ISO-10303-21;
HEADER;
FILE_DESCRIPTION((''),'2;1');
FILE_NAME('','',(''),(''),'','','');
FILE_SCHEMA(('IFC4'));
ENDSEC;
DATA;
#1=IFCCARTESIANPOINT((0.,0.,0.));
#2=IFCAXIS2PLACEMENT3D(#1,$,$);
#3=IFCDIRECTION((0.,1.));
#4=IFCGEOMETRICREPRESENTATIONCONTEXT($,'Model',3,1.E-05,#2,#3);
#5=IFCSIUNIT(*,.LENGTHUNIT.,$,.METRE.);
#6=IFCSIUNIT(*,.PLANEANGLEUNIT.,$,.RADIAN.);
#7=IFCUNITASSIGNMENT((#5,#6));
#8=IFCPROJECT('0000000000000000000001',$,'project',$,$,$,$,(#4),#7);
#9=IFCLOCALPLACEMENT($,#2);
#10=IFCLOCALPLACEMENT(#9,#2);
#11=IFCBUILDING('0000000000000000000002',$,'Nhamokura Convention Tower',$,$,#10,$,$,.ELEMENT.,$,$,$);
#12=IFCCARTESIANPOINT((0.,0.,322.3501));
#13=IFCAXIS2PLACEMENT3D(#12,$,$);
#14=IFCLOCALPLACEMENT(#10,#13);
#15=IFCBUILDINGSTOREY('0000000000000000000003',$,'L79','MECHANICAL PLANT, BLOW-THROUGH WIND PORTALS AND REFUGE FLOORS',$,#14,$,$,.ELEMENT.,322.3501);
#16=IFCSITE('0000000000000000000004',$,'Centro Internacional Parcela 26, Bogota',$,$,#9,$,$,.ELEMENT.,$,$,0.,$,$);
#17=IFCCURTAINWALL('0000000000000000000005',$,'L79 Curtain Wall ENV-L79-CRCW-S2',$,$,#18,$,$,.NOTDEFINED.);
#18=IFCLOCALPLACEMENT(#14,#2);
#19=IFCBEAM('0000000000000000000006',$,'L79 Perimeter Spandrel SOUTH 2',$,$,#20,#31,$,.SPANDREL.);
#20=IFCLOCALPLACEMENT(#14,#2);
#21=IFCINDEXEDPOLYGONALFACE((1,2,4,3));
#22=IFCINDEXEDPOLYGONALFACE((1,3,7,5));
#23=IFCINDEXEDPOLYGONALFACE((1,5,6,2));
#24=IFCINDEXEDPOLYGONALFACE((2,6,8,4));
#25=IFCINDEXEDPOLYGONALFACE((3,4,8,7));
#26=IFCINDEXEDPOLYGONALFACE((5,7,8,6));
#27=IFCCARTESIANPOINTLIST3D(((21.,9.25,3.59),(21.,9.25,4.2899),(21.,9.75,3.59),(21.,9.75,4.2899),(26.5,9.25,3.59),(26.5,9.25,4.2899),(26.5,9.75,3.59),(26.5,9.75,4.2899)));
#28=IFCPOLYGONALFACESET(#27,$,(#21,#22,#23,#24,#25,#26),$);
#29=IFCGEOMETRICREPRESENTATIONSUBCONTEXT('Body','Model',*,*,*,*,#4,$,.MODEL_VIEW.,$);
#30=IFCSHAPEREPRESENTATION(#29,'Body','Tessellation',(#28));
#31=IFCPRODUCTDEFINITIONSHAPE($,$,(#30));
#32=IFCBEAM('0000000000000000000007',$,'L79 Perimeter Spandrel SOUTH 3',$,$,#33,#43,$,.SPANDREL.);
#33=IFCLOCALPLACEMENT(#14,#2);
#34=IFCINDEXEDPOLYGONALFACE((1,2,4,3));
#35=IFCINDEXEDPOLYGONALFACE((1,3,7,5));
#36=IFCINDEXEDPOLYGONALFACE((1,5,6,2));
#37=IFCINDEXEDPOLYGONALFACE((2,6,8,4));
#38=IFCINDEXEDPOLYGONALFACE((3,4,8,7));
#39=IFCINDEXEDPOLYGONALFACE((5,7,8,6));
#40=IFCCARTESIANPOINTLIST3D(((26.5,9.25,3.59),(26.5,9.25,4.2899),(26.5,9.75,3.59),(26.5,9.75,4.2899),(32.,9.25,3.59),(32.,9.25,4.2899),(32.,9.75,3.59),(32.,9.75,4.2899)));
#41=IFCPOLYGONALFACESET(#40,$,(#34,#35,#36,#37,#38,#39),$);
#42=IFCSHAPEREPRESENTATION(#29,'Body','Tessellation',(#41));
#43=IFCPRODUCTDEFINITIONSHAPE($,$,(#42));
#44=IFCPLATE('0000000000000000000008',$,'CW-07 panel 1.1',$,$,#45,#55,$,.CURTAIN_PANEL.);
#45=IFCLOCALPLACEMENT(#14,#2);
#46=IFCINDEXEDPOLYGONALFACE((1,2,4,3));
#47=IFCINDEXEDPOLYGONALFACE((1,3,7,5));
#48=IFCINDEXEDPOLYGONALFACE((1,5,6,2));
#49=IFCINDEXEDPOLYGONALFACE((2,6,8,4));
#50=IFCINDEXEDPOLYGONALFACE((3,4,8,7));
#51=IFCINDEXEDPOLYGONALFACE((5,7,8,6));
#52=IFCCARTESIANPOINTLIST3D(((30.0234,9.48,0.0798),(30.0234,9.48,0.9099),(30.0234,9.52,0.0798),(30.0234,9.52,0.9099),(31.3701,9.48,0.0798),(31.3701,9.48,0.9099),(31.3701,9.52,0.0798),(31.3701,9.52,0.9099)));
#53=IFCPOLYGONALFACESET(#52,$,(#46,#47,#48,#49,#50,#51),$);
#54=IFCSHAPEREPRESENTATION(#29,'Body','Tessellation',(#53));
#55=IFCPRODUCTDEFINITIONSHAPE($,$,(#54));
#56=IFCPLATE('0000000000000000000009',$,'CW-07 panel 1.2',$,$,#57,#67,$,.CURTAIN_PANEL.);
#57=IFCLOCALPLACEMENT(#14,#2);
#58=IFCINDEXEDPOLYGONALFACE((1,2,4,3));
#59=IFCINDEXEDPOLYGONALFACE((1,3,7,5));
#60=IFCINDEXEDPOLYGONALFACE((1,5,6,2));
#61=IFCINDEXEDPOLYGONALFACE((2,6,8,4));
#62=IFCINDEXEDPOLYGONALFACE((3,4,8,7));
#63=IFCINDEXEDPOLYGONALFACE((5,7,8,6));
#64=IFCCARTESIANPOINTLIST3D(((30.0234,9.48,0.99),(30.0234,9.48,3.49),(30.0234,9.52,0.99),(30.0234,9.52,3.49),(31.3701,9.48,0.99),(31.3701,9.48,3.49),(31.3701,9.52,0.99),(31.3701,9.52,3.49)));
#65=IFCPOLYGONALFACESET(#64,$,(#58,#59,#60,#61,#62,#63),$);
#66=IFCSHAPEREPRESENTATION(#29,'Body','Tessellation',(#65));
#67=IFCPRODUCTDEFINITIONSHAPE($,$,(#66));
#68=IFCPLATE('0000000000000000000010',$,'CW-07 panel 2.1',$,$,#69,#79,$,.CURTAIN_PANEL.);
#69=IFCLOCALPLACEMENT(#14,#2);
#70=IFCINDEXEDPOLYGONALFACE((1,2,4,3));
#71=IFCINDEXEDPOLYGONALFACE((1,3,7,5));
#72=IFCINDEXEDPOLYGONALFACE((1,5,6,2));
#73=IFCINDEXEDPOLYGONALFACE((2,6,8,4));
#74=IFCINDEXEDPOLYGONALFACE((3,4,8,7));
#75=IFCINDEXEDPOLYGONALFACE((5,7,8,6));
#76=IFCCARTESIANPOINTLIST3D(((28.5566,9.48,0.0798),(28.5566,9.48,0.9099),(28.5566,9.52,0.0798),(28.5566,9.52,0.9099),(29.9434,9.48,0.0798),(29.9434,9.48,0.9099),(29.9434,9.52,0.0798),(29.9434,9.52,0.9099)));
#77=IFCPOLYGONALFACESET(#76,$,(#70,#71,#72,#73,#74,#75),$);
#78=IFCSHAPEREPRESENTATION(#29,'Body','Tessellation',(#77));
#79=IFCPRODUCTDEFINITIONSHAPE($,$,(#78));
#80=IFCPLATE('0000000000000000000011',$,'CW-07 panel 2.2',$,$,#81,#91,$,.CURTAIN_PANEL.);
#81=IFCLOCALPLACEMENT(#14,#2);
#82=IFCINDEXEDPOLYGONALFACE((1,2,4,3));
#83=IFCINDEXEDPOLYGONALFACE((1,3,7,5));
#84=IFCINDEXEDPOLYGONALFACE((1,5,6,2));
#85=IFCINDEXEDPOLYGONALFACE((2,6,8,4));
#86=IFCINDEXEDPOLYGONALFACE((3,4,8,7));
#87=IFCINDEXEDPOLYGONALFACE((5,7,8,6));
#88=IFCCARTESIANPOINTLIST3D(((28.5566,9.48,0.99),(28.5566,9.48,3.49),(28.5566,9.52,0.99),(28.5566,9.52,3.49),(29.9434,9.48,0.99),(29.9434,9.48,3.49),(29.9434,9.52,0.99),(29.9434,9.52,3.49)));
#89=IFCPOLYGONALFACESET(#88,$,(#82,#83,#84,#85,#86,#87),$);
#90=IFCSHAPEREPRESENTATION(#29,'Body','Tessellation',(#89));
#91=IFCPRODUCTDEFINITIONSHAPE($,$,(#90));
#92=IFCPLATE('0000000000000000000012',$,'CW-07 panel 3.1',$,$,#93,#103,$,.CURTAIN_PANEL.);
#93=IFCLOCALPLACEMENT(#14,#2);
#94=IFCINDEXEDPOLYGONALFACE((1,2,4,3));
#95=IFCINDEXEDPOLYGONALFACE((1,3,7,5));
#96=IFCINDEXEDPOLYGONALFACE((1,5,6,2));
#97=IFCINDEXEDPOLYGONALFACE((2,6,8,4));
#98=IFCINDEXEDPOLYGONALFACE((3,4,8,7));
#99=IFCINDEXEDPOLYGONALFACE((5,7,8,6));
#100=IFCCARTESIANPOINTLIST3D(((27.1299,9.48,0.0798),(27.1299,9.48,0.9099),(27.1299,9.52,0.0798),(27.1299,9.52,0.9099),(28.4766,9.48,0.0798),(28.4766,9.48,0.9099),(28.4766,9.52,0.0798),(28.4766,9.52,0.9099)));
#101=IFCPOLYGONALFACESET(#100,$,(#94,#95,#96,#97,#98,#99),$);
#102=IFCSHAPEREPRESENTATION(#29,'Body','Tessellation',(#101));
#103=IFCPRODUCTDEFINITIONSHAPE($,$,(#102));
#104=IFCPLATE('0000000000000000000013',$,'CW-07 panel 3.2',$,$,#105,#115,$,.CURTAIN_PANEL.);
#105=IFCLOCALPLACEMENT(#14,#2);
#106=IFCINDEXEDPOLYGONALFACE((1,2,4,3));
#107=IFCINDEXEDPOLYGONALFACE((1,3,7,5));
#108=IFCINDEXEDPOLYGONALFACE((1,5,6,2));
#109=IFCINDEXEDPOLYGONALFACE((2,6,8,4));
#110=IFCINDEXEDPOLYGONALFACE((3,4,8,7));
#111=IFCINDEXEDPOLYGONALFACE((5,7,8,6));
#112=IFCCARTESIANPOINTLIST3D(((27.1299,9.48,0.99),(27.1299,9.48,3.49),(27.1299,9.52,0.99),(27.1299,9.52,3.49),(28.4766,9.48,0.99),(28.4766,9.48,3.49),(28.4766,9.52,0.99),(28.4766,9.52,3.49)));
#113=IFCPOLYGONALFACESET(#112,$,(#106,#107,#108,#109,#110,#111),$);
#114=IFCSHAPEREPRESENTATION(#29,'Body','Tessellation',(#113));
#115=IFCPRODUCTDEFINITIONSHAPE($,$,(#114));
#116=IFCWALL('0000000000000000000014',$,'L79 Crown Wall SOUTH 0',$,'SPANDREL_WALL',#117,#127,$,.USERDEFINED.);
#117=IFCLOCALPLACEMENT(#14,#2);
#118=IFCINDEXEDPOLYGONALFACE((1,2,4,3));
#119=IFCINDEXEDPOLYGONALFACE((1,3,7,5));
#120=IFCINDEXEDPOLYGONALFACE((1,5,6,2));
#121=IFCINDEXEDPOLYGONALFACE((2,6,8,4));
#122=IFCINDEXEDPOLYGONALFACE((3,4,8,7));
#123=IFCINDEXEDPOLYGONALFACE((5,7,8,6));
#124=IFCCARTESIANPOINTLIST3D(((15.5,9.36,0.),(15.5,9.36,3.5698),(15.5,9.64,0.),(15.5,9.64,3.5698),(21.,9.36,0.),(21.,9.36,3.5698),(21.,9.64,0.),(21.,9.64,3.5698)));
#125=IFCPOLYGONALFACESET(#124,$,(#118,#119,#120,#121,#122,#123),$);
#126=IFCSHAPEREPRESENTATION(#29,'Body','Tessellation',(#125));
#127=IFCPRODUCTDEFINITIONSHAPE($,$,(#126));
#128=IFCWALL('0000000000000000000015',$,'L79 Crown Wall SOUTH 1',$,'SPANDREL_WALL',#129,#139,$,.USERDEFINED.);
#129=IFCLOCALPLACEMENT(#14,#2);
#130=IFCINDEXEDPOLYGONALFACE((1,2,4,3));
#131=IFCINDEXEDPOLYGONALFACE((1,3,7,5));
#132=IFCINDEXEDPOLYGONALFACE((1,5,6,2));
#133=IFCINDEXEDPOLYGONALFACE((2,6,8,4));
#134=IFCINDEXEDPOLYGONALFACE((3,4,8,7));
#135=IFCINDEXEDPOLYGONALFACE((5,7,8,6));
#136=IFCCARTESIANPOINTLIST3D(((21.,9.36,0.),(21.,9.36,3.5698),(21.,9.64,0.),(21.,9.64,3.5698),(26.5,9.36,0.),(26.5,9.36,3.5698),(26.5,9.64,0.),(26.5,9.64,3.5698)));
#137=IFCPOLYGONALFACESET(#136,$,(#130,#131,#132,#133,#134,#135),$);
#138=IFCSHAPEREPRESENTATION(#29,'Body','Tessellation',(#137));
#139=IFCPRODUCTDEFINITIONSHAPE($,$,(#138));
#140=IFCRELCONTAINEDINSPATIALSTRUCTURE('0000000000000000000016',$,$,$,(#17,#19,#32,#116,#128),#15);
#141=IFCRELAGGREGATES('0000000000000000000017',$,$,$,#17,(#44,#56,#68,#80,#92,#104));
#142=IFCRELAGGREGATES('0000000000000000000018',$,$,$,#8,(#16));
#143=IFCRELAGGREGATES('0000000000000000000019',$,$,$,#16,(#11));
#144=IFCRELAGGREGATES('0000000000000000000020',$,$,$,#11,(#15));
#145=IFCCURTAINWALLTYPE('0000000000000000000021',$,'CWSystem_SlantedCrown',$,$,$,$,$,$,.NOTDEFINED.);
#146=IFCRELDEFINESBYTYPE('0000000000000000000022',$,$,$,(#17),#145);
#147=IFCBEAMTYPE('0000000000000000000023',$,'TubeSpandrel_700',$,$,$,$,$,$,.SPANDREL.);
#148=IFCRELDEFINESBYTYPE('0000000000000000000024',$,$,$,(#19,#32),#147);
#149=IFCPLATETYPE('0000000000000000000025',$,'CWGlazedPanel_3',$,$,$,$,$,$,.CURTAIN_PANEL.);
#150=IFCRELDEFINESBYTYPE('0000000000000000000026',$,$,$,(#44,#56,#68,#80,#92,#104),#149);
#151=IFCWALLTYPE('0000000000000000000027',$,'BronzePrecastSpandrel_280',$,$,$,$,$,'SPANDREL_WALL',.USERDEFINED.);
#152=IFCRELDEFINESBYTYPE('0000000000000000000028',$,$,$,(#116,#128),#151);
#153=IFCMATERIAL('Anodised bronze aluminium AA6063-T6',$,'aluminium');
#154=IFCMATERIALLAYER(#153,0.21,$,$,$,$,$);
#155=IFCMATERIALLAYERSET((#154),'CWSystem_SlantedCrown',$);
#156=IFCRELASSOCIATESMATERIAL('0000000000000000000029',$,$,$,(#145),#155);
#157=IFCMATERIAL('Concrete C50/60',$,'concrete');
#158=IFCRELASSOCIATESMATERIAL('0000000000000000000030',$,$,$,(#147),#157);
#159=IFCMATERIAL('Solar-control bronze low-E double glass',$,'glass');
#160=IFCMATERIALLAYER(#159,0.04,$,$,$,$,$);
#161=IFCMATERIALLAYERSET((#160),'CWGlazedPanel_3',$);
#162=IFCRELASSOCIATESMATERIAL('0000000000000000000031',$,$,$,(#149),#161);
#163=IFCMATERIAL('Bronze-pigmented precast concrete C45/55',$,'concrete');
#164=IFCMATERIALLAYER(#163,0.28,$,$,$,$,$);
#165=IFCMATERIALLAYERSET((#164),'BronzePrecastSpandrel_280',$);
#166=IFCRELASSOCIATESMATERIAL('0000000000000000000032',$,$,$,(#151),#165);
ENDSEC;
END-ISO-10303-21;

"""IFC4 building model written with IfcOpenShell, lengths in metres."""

from ifc_helpers import new_model, si_unit, direction, frame, frame_2d, origin, origin_2d, place, context, subcontext, project, spatial, rectangle, extrude, material, layer, layer_set, material_profile, profile_set, type_object, element, aggregate, save


model = new_model("IFC4")

# Units and contexts
model_context = context("Model", 3, precision=1e-05, world=origin(), true_north=direction((0.0, 1.0)))
body_context = subcontext(model_context, "Body", "Model", "MODEL_VIEW")
ifc_project = project(units=[si_unit("LENGTHUNIT", "METRE"), si_unit("PLANEANGLEUNIT", "RADIAN")], contexts=[model_context])

# Site, building, storey
site_placement = place(None, origin())
site = spatial("IfcSite", under=ifc_project, at=site_placement, Name="Centro Internacional Parcela 26, Bogota", CompositionType="ELEMENT", RefElevation=0.0)
building_placement = place(site_placement, origin())
building = spatial("IfcBuilding", under=site, at=building_placement, Name="Nhamokura Convention Tower", CompositionType="ELEMENT")
storey_placement = place(building_placement, frame((0.0, 0.0, 322.3501)))
storey = spatial("IfcBuildingStorey", under=building, at=storey_placement, Name="L79", Description="MECHANICAL PLANT, BLOW-THROUGH WIND PORTALS AND REFUGE FLOORS", CompositionType="ELEMENT", Elevation=322.3501)

# Curtain wall
ifc_material_1 = material(Name="Anodised bronze aluminium AA6063-T6", Category="aluminium")
ifc_layer_1 = layer(ifc_material_1, 0.21)
ifc_layer_set_1 = layer_set([ifc_layer_1], Name="CWSystem_SlantedCrown")
curtain_wall_type = type_object("IfcCurtainWallType", Name="CWSystem_SlantedCrown", PredefinedType="NOTDEFINED", material=ifc_layer_set_1)
curtain_wall_placement = place(storey_placement, origin())
curtain_wall = element("IfcCurtainWall", 1, at=curtain_wall_placement, inside=storey, type_object=curtain_wall_type, Name="L79 Curtain Wall ENV-L79-CRCW-S2", PredefinedType="NOTDEFINED")

# Beams
ifc_material_2 = material(Name="Concrete C50/60", Category="concrete")
ifc_material_profile_1 = material_profile(ifc_material_2, rectangle(XDim=0.5, YDim=0.7, at=origin_2d()))
ifc_profile_set_1 = profile_set([ifc_material_profile_1], Name="Concrete C50/60")
beam_type = type_object("IfcBeamType", Name="TubeSpandrel_700", PredefinedType="SPANDREL", material=ifc_profile_set_1)
for number, where, z_axis, x_axis, name in (
    (2, (21.0, 9.5, 3.9399), (1.0, 0.0, 0.0), (0.0, 1.0, 0.0), "L79 Perimeter Spandrel SOUTH 2"),
    (3, (26.5, 9.5, 3.9399), (1.0, 0.0, 0.0), (0.0, 1.0, 0.0), "L79 Perimeter Spandrel SOUTH 3"),
):
    element("IfcBeam", number, at=place(storey_placement, frame(where, z_axis=z_axis, x_axis=x_axis)), inside=storey, type_object=beam_type, Name=name, PredefinedType="SPANDREL", context=body_context, shape_type="SweptSolid", body=[
        extrude(rectangle(XDim=0.5, YDim=0.7, at=origin_2d()), origin(), (0.0, 0.0, 1.0), 5.5),
    ])

# Plates
ifc_material_3 = material(Name="Solar-control bronze low-E double glass", Category="glass")
ifc_layer_2 = layer(ifc_material_3, 0.04)
ifc_layer_set_2 = layer_set([ifc_layer_2], Name="CWGlazedPanel_3")
plate_type = type_object("IfcPlateType", Name="CWGlazedPanel_3", PredefinedType="CURTAIN_PANEL", material=ifc_layer_set_2)
plate_1_placement = place(storey_placement, frame((30.6968, 9.5, 0.0798), z_axis=(0.0, 0.0, 1.0), x_axis=(-1.0, 0.0, 0.0)))
plate_1 = element("IfcPlate", 4, at=plate_1_placement, type_object=plate_type, Name="CW-07 panel 1.1", PredefinedType="CURTAIN_PANEL", context=body_context, shape_type="SweptSolid", body=[
    extrude(rectangle(XDim=1.3467, YDim=0.04, at=origin_2d()), origin(), (0.0, 0.0, 1.0), 0.8301),
])
plate_2_placement = place(storey_placement, frame((30.6968, 9.5, 0.99), z_axis=(0.0, 0.0, 1.0), x_axis=(-1.0, 0.0, 0.0)))
plate_2 = element("IfcPlate", 5, at=plate_2_placement, type_object=plate_type, Name="CW-07 panel 1.2", PredefinedType="CURTAIN_PANEL", context=body_context, shape_type="SweptSolid", body=[
    extrude(rectangle(XDim=1.3467, YDim=0.04, at=origin_2d()), origin(), (0.0, 0.0, 1.0), 2.5),
])
plate_3_placement = place(storey_placement, frame((29.25, 9.5, 0.0798), z_axis=(0.0, 0.0, 1.0), x_axis=(-1.0, 0.0, 0.0)))
plate_3 = element("IfcPlate", 6, at=plate_3_placement, type_object=plate_type, Name="CW-07 panel 2.1", PredefinedType="CURTAIN_PANEL", context=body_context, shape_type="SweptSolid", body=[
    extrude(rectangle(XDim=1.3867, YDim=0.04, at=origin_2d()), origin(), (0.0, 0.0, 1.0), 0.8301),
])
plate_4_placement = place(storey_placement, frame((29.25, 9.5, 0.99), z_axis=(0.0, 0.0, 1.0), x_axis=(-1.0, 0.0, 0.0)))
plate_4 = element("IfcPlate", 7, at=plate_4_placement, type_object=plate_type, Name="CW-07 panel 2.2", PredefinedType="CURTAIN_PANEL", context=body_context, shape_type="SweptSolid", body=[
    extrude(rectangle(XDim=1.3867, YDim=0.04, at=origin_2d()), origin(), (0.0, 0.0, 1.0), 2.5),
])
plate_5_placement = place(storey_placement, frame((27.8032, 9.5, 0.0798), z_axis=(0.0, 0.0, 1.0), x_axis=(-1.0, 0.0, 0.0)))
plate_5 = element("IfcPlate", 8, at=plate_5_placement, type_object=plate_type, Name="CW-07 panel 3.1", PredefinedType="CURTAIN_PANEL", context=body_context, shape_type="SweptSolid", body=[
    extrude(rectangle(XDim=1.3467, YDim=0.04, at=origin_2d()), origin(), (0.0, 0.0, 1.0), 0.8301),
])
plate_6_placement = place(storey_placement, frame((27.8032, 9.5, 0.99), z_axis=(0.0, 0.0, 1.0), x_axis=(-1.0, 0.0, 0.0)))
plate_6 = element("IfcPlate", 9, at=plate_6_placement, type_object=plate_type, Name="CW-07 panel 3.2", PredefinedType="CURTAIN_PANEL", context=body_context, shape_type="SweptSolid", body=[
    extrude(rectangle(XDim=1.3467, YDim=0.04, at=origin_2d()), origin(), (0.0, 0.0, 1.0), 2.5),
])
aggregate(curtain_wall, [plate_1, plate_2, plate_3, plate_4, plate_5, plate_6])

# Walls
ifc_material_4 = material(Name="Bronze-pigmented precast concrete C45/55", Category="concrete")
ifc_layer_3 = layer(ifc_material_4, 0.28)
ifc_layer_set_3 = layer_set([ifc_layer_3], Name="BronzePrecastSpandrel_280")
wall_type = type_object("IfcWallType", Name="BronzePrecastSpandrel_280", ElementType="SPANDREL_WALL", PredefinedType="USERDEFINED", material=ifc_layer_set_3)
for number, where, z_axis, x_axis, name in (
    (10, (21.0, 9.5, 0.0), (0.0, 0.0, 1.0), (-1.0, 0.0, 0.0), "L79 Crown Wall SOUTH 0"),
    (11, (26.5, 9.5, 0.0), (0.0, 0.0, 1.0), (-1.0, 0.0, 0.0), "L79 Crown Wall SOUTH 1"),
):
    element("IfcWall", number, at=place(storey_placement, frame(where, z_axis=z_axis, x_axis=x_axis)), inside=storey, type_object=wall_type, Name=name, ObjectType="SPANDREL_WALL", PredefinedType="USERDEFINED", context=body_context, shape_type="SweptSolid", body=[
        extrude(rectangle(XDim=5.5, YDim=0.28, at=frame_2d((2.75, 0.0))), origin(), (0.0, 0.0, 1.0), 3.5698),
    ])

save(model, "model.ifc")
